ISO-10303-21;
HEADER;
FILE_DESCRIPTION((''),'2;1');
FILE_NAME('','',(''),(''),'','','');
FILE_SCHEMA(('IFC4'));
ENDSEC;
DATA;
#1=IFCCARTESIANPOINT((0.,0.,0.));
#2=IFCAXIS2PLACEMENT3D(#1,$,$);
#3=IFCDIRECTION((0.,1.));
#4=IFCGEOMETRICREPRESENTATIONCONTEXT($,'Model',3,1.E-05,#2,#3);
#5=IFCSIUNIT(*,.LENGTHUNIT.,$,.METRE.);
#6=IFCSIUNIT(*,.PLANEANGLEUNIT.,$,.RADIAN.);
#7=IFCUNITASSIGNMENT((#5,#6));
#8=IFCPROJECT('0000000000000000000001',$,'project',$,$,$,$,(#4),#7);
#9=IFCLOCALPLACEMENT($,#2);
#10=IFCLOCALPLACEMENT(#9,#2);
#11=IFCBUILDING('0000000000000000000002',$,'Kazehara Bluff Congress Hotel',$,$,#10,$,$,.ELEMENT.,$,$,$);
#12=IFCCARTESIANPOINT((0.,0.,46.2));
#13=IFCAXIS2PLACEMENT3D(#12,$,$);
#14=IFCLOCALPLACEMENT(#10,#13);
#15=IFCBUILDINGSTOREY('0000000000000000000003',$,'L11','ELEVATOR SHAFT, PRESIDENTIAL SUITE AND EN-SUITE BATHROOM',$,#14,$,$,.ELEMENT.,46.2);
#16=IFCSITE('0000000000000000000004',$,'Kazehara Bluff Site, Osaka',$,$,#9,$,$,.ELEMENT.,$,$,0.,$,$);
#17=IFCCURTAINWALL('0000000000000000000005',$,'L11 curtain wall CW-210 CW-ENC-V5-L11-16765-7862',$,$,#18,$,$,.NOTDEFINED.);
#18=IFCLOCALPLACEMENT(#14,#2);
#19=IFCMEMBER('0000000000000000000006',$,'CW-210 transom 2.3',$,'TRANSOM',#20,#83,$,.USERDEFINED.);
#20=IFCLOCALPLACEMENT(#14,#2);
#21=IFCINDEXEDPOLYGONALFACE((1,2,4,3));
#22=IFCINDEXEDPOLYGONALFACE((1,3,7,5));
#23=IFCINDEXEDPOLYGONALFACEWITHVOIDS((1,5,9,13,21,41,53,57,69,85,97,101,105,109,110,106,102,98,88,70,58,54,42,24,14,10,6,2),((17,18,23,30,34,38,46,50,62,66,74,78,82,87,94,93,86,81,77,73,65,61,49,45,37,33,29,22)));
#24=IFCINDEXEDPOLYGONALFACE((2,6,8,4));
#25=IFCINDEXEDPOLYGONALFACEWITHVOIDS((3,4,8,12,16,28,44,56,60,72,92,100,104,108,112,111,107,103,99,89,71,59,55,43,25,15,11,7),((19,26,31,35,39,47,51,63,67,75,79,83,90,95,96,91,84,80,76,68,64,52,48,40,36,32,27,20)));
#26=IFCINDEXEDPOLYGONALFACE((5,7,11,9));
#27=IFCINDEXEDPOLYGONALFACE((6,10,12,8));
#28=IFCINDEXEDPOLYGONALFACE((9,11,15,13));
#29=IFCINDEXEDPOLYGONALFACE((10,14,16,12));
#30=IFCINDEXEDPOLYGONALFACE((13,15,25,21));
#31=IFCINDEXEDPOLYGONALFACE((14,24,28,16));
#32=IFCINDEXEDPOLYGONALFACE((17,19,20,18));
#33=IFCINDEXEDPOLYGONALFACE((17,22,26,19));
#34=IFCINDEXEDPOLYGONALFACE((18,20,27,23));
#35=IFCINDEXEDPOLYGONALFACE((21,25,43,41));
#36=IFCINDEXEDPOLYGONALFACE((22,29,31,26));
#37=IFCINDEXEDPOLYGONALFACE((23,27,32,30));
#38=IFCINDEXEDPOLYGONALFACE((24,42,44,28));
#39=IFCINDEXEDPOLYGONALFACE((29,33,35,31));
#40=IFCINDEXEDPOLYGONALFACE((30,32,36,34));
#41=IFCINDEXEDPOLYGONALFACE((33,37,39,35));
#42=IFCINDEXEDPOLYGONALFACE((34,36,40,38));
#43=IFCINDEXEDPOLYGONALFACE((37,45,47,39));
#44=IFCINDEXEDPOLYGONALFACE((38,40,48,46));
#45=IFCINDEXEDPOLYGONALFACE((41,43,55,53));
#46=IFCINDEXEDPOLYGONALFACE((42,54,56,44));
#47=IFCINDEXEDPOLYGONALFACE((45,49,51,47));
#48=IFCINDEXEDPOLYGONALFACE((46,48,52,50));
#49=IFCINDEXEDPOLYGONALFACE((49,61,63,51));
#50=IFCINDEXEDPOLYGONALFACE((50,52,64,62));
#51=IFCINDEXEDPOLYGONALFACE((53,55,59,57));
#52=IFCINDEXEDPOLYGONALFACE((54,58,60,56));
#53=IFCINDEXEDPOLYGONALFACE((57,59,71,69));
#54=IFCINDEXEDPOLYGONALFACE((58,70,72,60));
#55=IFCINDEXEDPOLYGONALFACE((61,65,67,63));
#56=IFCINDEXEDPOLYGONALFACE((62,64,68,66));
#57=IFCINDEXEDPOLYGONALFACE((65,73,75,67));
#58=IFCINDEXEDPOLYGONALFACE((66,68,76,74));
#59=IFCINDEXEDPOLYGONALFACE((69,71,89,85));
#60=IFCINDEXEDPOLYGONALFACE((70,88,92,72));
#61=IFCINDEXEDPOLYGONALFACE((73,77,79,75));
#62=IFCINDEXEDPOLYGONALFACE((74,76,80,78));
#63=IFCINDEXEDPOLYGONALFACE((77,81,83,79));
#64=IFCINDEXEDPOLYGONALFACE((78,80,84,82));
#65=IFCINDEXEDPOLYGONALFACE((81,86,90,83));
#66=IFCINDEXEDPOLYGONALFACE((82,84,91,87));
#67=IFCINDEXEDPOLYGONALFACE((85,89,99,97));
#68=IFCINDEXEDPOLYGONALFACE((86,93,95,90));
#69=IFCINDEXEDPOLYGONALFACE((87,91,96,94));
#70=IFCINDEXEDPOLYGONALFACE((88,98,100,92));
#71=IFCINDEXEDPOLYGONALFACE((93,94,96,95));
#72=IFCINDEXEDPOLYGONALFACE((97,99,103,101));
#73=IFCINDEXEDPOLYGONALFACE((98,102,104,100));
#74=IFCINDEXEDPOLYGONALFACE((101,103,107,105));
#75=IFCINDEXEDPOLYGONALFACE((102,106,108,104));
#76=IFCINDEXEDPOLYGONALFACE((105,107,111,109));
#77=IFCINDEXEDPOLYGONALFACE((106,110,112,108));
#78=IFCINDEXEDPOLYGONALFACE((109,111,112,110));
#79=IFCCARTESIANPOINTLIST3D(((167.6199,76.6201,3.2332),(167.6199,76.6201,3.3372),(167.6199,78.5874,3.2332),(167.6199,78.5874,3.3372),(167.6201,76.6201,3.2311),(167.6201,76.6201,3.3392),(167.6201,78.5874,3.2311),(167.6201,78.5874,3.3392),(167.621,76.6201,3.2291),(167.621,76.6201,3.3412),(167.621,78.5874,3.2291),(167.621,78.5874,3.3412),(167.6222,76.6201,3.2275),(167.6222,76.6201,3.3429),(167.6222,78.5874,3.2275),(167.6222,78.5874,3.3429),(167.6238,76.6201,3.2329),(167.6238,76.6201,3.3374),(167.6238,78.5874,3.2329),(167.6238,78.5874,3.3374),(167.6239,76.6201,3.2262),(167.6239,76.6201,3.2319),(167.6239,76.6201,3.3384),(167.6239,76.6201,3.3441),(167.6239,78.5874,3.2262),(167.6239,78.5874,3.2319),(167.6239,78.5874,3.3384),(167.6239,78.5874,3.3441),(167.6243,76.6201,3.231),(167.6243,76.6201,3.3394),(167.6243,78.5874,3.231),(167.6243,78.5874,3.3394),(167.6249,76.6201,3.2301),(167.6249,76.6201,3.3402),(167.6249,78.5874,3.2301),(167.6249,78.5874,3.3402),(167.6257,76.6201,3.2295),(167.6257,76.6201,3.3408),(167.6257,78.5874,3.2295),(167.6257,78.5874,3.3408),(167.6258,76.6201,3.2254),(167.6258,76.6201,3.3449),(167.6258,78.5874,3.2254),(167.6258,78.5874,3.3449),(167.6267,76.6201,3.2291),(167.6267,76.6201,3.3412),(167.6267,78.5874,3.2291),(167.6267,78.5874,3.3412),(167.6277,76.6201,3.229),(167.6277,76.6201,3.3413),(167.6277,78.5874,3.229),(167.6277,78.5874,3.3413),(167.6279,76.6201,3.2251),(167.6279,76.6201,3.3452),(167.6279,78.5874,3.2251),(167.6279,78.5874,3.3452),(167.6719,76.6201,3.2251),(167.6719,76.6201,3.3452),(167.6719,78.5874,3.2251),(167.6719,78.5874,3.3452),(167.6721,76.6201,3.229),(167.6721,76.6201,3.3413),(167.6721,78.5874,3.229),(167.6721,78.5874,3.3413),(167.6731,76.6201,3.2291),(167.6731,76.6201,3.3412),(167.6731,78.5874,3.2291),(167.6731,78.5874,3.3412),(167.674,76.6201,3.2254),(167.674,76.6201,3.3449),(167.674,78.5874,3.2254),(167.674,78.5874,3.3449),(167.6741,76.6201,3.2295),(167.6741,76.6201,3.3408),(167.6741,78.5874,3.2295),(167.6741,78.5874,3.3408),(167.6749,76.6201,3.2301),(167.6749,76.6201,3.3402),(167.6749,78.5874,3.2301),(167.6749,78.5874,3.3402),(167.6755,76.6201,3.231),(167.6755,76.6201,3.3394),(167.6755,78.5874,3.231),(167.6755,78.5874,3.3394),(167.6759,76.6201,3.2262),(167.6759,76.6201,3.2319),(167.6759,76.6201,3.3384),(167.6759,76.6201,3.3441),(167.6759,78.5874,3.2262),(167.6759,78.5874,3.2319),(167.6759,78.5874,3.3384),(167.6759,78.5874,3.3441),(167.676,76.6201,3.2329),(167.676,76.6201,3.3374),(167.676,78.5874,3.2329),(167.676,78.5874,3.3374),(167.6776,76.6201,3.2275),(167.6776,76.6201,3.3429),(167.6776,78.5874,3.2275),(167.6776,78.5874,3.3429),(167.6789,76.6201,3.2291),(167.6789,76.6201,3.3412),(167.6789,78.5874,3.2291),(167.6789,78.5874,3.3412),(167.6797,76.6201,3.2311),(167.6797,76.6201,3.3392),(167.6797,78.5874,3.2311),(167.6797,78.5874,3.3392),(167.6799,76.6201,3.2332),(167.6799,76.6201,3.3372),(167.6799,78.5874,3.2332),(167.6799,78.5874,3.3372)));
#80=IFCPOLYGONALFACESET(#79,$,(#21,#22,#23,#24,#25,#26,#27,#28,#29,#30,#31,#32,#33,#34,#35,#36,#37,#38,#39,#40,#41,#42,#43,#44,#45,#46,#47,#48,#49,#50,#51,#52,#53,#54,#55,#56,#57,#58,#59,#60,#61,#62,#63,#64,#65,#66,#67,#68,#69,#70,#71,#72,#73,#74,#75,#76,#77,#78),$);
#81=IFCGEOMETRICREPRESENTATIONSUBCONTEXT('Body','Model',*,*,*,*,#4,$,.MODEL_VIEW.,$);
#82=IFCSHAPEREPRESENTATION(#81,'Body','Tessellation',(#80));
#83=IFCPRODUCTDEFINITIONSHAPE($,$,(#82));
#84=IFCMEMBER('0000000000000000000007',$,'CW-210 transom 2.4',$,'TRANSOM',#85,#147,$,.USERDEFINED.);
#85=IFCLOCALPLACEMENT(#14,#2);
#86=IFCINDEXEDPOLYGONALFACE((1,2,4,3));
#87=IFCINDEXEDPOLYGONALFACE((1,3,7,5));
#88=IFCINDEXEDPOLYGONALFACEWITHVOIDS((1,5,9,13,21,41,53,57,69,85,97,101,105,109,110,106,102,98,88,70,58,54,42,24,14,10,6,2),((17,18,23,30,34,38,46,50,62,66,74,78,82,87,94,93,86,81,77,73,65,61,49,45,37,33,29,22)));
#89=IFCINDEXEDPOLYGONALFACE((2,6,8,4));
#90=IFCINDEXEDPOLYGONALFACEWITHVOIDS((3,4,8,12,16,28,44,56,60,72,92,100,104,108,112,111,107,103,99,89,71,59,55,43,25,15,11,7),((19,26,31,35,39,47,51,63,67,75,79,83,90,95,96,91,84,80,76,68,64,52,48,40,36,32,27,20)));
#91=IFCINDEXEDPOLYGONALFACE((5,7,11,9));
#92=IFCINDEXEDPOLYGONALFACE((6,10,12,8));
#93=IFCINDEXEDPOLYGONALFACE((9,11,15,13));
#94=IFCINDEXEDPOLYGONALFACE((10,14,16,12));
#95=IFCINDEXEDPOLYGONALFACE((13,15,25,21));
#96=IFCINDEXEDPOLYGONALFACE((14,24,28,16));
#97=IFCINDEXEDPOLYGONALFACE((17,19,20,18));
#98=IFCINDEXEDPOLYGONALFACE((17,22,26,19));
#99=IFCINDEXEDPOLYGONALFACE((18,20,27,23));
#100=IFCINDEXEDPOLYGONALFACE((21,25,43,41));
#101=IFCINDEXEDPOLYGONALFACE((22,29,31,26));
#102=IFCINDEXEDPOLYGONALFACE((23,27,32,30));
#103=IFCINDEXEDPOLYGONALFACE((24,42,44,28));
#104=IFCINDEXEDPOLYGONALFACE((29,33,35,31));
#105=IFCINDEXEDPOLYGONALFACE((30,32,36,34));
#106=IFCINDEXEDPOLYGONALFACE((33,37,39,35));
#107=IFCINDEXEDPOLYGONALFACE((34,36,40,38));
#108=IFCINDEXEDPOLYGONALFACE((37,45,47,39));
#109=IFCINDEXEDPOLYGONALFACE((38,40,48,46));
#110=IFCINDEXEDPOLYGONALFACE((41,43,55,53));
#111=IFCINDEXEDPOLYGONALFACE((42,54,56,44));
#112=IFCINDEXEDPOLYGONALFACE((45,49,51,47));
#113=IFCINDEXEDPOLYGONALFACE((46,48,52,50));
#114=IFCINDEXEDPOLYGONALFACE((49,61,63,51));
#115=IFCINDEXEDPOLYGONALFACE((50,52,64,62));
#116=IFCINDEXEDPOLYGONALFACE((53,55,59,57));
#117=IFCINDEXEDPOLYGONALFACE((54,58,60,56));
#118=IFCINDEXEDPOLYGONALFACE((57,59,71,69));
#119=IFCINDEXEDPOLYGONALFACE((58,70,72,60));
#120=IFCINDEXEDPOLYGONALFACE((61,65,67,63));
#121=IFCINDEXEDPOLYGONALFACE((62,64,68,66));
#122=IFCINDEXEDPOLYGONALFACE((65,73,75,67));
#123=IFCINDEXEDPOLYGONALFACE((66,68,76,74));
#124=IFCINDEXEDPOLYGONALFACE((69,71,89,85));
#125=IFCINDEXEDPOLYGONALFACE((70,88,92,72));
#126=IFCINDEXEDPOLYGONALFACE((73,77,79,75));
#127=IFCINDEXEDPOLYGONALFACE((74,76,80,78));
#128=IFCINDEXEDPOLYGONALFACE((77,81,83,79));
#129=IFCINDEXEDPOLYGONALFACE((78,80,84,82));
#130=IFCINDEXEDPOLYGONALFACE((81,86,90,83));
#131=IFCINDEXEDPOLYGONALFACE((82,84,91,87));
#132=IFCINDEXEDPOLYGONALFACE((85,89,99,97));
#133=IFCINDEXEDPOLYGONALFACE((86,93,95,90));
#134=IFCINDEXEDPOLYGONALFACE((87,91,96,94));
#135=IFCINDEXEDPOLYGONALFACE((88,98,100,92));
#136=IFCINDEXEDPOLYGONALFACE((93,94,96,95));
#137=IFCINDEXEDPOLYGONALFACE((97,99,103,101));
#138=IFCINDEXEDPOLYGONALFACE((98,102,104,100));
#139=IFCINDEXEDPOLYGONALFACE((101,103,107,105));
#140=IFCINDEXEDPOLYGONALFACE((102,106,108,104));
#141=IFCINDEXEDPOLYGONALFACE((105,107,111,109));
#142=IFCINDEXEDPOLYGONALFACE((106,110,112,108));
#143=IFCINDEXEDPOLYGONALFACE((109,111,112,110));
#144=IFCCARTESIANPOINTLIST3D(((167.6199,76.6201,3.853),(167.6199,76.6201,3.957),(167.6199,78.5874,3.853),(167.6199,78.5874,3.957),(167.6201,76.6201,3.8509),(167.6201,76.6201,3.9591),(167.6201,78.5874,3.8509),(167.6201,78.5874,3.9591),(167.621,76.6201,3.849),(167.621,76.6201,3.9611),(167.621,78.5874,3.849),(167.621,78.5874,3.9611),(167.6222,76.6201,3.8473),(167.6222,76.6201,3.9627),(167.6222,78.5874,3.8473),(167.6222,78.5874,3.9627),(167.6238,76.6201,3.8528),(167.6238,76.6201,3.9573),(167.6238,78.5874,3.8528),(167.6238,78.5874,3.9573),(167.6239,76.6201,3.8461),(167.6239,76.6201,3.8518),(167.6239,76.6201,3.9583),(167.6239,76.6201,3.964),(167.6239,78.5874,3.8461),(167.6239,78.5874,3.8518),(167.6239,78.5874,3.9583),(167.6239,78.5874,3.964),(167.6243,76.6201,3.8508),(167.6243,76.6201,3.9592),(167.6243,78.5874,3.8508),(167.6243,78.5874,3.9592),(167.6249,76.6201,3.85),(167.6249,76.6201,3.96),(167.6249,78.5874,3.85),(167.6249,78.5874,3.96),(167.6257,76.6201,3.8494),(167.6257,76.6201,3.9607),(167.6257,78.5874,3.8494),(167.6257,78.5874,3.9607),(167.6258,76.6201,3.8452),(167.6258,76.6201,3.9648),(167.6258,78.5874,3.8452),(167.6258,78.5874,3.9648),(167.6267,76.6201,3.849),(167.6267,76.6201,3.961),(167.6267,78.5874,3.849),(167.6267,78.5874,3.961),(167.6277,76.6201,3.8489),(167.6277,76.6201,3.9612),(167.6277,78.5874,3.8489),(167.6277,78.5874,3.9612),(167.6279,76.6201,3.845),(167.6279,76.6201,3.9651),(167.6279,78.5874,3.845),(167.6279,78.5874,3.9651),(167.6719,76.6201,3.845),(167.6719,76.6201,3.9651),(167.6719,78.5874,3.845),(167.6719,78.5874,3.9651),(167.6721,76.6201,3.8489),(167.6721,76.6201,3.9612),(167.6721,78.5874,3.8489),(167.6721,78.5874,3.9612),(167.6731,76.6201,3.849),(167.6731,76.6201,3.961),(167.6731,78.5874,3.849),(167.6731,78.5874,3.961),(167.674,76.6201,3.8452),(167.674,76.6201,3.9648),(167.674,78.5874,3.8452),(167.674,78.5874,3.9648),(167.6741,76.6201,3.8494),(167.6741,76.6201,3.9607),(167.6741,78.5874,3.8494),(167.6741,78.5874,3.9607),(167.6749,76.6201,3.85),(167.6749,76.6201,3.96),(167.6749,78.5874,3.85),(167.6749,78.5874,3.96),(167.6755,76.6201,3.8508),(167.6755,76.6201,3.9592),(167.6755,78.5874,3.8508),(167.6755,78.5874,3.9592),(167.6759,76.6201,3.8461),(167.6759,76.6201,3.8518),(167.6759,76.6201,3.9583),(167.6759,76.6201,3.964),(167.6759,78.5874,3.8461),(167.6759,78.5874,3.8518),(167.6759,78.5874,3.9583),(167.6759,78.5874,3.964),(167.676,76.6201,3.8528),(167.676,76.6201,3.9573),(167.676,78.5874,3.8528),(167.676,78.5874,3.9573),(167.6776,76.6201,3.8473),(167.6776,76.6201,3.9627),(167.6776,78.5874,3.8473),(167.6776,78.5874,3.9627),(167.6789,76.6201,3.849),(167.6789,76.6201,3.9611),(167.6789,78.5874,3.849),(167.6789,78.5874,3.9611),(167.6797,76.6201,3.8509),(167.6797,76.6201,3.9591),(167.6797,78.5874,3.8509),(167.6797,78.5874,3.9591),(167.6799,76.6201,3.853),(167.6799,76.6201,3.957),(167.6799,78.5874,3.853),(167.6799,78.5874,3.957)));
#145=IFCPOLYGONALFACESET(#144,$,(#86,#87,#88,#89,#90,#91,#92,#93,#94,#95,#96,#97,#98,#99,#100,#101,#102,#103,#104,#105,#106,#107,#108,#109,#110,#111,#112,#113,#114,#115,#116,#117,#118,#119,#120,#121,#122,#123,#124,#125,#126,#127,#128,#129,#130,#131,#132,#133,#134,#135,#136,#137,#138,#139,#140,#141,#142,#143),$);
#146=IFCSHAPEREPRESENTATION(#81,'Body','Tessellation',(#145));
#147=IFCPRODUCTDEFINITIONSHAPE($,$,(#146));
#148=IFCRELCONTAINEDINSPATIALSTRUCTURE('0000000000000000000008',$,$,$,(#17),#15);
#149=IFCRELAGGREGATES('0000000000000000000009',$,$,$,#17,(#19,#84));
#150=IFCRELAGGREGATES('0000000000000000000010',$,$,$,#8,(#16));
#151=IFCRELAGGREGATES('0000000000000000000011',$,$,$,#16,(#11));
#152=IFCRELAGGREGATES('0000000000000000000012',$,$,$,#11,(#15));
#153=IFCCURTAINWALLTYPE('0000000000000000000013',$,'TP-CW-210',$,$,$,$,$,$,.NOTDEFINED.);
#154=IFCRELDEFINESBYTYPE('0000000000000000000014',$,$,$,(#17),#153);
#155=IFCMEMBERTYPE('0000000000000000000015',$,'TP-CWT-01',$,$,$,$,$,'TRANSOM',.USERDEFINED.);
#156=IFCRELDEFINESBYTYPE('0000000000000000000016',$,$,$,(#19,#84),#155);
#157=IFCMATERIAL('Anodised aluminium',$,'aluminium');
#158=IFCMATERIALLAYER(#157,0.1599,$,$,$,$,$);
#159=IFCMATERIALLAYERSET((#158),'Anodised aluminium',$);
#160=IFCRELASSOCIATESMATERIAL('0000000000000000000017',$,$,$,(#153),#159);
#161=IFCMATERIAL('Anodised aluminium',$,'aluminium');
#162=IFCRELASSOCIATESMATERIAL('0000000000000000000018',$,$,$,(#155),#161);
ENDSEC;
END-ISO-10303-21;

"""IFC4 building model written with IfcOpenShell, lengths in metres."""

from ifc_helpers import new_model, si_unit, direction, frame, origin, origin_2d, place, context, subcontext, project, spatial, hollow_rectangle, extrude, material, layer, layer_set, material_profile, profile_set, type_object, element, aggregate, save


model = new_model("IFC4")

# Units and contexts
model_context = context("Model", 3, precision=1e-05, world=origin(), true_north=direction((0.0, 1.0)))
body_context = subcontext(model_context, "Body", "Model", "MODEL_VIEW")
ifc_project = project(units=[si_unit("LENGTHUNIT", "METRE"), si_unit("PLANEANGLEUNIT", "RADIAN")], contexts=[model_context])

# Site, building, storey
site_placement = place(None, origin())
site = spatial("IfcSite", under=ifc_project, at=site_placement, Name="Kazehara Bluff Site, Osaka", CompositionType="ELEMENT", RefElevation=0.0)
building_placement = place(site_placement, origin())
building = spatial("IfcBuilding", under=site, at=building_placement, Name="Kazehara Bluff Congress Hotel", CompositionType="ELEMENT")
storey_placement = place(building_placement, frame((0.0, 0.0, 46.2)))
storey = spatial("IfcBuildingStorey", under=building, at=storey_placement, Name="L11", Description="ELEVATOR SHAFT, PRESIDENTIAL SUITE AND EN-SUITE BATHROOM", CompositionType="ELEMENT", Elevation=46.2)

# Curtain wall
ifc_material_1 = material(Name="Anodised aluminium", Category="aluminium")
ifc_layer_1 = layer(ifc_material_1, 0.1599)
ifc_layer_set_1 = layer_set([ifc_layer_1], Name="Anodised aluminium")
curtain_wall_type_1 = type_object("IfcCurtainWallType", Name="TP-CW-210", PredefinedType="NOTDEFINED", material=ifc_layer_set_1)
curtain_wall_1_placement = place(storey_placement, origin())
curtain_wall_1 = element("IfcCurtainWall", 1, at=curtain_wall_1_placement, inside=storey, type_object=curtain_wall_type_1, Name="L11 curtain wall CW-210 CW-ENC-V5-L11-16765-7862", PredefinedType="NOTDEFINED")

# Members
ifc_material_2 = material(Name="Anodised aluminium", Category="aluminium")
ifc_material_profile_1 = material_profile(ifc_material_2, hollow_rectangle(XDim=0.0601, YDim=0.1201, WallThickness=0.0039, InnerFilletRadius=0.0039, OuterFilletRadius=0.0081, at=origin_2d()))
ifc_profile_set_1 = profile_set([ifc_material_profile_1], Name="Anodised aluminium")
member_type_1 = type_object("IfcMemberType", Name="TP-CWT-01", ElementType="TRANSOM", PredefinedType="USERDEFINED", material=ifc_profile_set_1)
member_1_placement = place(storey_placement, frame((167.6499, 78.5874, 3.2852), z_axis=(0.0, -1.0, 0.0), x_axis=(1.0, 0.0, 0.0)))
member_1 = element("IfcMember", 2, at=member_1_placement, type_object=member_type_1, Name="CW-210 transom 2.3", ObjectType="TRANSOM", PredefinedType="USERDEFINED", context=body_context, shape_type="SweptSolid", body=[
    extrude(hollow_rectangle(XDim=0.0601, YDim=0.1201, WallThickness=0.0039, InnerFilletRadius=0.0039, OuterFilletRadius=0.0081, at=origin_2d()), origin(), (0.0, 0.0, 1.0), 1.9673),
])
member_2_placement = place(storey_placement, frame((167.6499, 78.5874, 3.905), z_axis=(0.0, -1.0, 0.0), x_axis=(1.0, 0.0, 0.0)))
member_2 = element("IfcMember", 3, at=member_2_placement, type_object=member_type_1, Name="CW-210 transom 2.4", ObjectType="TRANSOM", PredefinedType="USERDEFINED", context=body_context, shape_type="SweptSolid", body=[
    extrude(hollow_rectangle(XDim=0.0601, YDim=0.1201, WallThickness=0.0039, InnerFilletRadius=0.0039, OuterFilletRadius=0.0081, at=origin_2d()), origin(), (0.0, 0.0, 1.0), 1.9673),
])

aggregate(curtain_wall_1, [member_1, member_2])

save(model, "model.ifc")
